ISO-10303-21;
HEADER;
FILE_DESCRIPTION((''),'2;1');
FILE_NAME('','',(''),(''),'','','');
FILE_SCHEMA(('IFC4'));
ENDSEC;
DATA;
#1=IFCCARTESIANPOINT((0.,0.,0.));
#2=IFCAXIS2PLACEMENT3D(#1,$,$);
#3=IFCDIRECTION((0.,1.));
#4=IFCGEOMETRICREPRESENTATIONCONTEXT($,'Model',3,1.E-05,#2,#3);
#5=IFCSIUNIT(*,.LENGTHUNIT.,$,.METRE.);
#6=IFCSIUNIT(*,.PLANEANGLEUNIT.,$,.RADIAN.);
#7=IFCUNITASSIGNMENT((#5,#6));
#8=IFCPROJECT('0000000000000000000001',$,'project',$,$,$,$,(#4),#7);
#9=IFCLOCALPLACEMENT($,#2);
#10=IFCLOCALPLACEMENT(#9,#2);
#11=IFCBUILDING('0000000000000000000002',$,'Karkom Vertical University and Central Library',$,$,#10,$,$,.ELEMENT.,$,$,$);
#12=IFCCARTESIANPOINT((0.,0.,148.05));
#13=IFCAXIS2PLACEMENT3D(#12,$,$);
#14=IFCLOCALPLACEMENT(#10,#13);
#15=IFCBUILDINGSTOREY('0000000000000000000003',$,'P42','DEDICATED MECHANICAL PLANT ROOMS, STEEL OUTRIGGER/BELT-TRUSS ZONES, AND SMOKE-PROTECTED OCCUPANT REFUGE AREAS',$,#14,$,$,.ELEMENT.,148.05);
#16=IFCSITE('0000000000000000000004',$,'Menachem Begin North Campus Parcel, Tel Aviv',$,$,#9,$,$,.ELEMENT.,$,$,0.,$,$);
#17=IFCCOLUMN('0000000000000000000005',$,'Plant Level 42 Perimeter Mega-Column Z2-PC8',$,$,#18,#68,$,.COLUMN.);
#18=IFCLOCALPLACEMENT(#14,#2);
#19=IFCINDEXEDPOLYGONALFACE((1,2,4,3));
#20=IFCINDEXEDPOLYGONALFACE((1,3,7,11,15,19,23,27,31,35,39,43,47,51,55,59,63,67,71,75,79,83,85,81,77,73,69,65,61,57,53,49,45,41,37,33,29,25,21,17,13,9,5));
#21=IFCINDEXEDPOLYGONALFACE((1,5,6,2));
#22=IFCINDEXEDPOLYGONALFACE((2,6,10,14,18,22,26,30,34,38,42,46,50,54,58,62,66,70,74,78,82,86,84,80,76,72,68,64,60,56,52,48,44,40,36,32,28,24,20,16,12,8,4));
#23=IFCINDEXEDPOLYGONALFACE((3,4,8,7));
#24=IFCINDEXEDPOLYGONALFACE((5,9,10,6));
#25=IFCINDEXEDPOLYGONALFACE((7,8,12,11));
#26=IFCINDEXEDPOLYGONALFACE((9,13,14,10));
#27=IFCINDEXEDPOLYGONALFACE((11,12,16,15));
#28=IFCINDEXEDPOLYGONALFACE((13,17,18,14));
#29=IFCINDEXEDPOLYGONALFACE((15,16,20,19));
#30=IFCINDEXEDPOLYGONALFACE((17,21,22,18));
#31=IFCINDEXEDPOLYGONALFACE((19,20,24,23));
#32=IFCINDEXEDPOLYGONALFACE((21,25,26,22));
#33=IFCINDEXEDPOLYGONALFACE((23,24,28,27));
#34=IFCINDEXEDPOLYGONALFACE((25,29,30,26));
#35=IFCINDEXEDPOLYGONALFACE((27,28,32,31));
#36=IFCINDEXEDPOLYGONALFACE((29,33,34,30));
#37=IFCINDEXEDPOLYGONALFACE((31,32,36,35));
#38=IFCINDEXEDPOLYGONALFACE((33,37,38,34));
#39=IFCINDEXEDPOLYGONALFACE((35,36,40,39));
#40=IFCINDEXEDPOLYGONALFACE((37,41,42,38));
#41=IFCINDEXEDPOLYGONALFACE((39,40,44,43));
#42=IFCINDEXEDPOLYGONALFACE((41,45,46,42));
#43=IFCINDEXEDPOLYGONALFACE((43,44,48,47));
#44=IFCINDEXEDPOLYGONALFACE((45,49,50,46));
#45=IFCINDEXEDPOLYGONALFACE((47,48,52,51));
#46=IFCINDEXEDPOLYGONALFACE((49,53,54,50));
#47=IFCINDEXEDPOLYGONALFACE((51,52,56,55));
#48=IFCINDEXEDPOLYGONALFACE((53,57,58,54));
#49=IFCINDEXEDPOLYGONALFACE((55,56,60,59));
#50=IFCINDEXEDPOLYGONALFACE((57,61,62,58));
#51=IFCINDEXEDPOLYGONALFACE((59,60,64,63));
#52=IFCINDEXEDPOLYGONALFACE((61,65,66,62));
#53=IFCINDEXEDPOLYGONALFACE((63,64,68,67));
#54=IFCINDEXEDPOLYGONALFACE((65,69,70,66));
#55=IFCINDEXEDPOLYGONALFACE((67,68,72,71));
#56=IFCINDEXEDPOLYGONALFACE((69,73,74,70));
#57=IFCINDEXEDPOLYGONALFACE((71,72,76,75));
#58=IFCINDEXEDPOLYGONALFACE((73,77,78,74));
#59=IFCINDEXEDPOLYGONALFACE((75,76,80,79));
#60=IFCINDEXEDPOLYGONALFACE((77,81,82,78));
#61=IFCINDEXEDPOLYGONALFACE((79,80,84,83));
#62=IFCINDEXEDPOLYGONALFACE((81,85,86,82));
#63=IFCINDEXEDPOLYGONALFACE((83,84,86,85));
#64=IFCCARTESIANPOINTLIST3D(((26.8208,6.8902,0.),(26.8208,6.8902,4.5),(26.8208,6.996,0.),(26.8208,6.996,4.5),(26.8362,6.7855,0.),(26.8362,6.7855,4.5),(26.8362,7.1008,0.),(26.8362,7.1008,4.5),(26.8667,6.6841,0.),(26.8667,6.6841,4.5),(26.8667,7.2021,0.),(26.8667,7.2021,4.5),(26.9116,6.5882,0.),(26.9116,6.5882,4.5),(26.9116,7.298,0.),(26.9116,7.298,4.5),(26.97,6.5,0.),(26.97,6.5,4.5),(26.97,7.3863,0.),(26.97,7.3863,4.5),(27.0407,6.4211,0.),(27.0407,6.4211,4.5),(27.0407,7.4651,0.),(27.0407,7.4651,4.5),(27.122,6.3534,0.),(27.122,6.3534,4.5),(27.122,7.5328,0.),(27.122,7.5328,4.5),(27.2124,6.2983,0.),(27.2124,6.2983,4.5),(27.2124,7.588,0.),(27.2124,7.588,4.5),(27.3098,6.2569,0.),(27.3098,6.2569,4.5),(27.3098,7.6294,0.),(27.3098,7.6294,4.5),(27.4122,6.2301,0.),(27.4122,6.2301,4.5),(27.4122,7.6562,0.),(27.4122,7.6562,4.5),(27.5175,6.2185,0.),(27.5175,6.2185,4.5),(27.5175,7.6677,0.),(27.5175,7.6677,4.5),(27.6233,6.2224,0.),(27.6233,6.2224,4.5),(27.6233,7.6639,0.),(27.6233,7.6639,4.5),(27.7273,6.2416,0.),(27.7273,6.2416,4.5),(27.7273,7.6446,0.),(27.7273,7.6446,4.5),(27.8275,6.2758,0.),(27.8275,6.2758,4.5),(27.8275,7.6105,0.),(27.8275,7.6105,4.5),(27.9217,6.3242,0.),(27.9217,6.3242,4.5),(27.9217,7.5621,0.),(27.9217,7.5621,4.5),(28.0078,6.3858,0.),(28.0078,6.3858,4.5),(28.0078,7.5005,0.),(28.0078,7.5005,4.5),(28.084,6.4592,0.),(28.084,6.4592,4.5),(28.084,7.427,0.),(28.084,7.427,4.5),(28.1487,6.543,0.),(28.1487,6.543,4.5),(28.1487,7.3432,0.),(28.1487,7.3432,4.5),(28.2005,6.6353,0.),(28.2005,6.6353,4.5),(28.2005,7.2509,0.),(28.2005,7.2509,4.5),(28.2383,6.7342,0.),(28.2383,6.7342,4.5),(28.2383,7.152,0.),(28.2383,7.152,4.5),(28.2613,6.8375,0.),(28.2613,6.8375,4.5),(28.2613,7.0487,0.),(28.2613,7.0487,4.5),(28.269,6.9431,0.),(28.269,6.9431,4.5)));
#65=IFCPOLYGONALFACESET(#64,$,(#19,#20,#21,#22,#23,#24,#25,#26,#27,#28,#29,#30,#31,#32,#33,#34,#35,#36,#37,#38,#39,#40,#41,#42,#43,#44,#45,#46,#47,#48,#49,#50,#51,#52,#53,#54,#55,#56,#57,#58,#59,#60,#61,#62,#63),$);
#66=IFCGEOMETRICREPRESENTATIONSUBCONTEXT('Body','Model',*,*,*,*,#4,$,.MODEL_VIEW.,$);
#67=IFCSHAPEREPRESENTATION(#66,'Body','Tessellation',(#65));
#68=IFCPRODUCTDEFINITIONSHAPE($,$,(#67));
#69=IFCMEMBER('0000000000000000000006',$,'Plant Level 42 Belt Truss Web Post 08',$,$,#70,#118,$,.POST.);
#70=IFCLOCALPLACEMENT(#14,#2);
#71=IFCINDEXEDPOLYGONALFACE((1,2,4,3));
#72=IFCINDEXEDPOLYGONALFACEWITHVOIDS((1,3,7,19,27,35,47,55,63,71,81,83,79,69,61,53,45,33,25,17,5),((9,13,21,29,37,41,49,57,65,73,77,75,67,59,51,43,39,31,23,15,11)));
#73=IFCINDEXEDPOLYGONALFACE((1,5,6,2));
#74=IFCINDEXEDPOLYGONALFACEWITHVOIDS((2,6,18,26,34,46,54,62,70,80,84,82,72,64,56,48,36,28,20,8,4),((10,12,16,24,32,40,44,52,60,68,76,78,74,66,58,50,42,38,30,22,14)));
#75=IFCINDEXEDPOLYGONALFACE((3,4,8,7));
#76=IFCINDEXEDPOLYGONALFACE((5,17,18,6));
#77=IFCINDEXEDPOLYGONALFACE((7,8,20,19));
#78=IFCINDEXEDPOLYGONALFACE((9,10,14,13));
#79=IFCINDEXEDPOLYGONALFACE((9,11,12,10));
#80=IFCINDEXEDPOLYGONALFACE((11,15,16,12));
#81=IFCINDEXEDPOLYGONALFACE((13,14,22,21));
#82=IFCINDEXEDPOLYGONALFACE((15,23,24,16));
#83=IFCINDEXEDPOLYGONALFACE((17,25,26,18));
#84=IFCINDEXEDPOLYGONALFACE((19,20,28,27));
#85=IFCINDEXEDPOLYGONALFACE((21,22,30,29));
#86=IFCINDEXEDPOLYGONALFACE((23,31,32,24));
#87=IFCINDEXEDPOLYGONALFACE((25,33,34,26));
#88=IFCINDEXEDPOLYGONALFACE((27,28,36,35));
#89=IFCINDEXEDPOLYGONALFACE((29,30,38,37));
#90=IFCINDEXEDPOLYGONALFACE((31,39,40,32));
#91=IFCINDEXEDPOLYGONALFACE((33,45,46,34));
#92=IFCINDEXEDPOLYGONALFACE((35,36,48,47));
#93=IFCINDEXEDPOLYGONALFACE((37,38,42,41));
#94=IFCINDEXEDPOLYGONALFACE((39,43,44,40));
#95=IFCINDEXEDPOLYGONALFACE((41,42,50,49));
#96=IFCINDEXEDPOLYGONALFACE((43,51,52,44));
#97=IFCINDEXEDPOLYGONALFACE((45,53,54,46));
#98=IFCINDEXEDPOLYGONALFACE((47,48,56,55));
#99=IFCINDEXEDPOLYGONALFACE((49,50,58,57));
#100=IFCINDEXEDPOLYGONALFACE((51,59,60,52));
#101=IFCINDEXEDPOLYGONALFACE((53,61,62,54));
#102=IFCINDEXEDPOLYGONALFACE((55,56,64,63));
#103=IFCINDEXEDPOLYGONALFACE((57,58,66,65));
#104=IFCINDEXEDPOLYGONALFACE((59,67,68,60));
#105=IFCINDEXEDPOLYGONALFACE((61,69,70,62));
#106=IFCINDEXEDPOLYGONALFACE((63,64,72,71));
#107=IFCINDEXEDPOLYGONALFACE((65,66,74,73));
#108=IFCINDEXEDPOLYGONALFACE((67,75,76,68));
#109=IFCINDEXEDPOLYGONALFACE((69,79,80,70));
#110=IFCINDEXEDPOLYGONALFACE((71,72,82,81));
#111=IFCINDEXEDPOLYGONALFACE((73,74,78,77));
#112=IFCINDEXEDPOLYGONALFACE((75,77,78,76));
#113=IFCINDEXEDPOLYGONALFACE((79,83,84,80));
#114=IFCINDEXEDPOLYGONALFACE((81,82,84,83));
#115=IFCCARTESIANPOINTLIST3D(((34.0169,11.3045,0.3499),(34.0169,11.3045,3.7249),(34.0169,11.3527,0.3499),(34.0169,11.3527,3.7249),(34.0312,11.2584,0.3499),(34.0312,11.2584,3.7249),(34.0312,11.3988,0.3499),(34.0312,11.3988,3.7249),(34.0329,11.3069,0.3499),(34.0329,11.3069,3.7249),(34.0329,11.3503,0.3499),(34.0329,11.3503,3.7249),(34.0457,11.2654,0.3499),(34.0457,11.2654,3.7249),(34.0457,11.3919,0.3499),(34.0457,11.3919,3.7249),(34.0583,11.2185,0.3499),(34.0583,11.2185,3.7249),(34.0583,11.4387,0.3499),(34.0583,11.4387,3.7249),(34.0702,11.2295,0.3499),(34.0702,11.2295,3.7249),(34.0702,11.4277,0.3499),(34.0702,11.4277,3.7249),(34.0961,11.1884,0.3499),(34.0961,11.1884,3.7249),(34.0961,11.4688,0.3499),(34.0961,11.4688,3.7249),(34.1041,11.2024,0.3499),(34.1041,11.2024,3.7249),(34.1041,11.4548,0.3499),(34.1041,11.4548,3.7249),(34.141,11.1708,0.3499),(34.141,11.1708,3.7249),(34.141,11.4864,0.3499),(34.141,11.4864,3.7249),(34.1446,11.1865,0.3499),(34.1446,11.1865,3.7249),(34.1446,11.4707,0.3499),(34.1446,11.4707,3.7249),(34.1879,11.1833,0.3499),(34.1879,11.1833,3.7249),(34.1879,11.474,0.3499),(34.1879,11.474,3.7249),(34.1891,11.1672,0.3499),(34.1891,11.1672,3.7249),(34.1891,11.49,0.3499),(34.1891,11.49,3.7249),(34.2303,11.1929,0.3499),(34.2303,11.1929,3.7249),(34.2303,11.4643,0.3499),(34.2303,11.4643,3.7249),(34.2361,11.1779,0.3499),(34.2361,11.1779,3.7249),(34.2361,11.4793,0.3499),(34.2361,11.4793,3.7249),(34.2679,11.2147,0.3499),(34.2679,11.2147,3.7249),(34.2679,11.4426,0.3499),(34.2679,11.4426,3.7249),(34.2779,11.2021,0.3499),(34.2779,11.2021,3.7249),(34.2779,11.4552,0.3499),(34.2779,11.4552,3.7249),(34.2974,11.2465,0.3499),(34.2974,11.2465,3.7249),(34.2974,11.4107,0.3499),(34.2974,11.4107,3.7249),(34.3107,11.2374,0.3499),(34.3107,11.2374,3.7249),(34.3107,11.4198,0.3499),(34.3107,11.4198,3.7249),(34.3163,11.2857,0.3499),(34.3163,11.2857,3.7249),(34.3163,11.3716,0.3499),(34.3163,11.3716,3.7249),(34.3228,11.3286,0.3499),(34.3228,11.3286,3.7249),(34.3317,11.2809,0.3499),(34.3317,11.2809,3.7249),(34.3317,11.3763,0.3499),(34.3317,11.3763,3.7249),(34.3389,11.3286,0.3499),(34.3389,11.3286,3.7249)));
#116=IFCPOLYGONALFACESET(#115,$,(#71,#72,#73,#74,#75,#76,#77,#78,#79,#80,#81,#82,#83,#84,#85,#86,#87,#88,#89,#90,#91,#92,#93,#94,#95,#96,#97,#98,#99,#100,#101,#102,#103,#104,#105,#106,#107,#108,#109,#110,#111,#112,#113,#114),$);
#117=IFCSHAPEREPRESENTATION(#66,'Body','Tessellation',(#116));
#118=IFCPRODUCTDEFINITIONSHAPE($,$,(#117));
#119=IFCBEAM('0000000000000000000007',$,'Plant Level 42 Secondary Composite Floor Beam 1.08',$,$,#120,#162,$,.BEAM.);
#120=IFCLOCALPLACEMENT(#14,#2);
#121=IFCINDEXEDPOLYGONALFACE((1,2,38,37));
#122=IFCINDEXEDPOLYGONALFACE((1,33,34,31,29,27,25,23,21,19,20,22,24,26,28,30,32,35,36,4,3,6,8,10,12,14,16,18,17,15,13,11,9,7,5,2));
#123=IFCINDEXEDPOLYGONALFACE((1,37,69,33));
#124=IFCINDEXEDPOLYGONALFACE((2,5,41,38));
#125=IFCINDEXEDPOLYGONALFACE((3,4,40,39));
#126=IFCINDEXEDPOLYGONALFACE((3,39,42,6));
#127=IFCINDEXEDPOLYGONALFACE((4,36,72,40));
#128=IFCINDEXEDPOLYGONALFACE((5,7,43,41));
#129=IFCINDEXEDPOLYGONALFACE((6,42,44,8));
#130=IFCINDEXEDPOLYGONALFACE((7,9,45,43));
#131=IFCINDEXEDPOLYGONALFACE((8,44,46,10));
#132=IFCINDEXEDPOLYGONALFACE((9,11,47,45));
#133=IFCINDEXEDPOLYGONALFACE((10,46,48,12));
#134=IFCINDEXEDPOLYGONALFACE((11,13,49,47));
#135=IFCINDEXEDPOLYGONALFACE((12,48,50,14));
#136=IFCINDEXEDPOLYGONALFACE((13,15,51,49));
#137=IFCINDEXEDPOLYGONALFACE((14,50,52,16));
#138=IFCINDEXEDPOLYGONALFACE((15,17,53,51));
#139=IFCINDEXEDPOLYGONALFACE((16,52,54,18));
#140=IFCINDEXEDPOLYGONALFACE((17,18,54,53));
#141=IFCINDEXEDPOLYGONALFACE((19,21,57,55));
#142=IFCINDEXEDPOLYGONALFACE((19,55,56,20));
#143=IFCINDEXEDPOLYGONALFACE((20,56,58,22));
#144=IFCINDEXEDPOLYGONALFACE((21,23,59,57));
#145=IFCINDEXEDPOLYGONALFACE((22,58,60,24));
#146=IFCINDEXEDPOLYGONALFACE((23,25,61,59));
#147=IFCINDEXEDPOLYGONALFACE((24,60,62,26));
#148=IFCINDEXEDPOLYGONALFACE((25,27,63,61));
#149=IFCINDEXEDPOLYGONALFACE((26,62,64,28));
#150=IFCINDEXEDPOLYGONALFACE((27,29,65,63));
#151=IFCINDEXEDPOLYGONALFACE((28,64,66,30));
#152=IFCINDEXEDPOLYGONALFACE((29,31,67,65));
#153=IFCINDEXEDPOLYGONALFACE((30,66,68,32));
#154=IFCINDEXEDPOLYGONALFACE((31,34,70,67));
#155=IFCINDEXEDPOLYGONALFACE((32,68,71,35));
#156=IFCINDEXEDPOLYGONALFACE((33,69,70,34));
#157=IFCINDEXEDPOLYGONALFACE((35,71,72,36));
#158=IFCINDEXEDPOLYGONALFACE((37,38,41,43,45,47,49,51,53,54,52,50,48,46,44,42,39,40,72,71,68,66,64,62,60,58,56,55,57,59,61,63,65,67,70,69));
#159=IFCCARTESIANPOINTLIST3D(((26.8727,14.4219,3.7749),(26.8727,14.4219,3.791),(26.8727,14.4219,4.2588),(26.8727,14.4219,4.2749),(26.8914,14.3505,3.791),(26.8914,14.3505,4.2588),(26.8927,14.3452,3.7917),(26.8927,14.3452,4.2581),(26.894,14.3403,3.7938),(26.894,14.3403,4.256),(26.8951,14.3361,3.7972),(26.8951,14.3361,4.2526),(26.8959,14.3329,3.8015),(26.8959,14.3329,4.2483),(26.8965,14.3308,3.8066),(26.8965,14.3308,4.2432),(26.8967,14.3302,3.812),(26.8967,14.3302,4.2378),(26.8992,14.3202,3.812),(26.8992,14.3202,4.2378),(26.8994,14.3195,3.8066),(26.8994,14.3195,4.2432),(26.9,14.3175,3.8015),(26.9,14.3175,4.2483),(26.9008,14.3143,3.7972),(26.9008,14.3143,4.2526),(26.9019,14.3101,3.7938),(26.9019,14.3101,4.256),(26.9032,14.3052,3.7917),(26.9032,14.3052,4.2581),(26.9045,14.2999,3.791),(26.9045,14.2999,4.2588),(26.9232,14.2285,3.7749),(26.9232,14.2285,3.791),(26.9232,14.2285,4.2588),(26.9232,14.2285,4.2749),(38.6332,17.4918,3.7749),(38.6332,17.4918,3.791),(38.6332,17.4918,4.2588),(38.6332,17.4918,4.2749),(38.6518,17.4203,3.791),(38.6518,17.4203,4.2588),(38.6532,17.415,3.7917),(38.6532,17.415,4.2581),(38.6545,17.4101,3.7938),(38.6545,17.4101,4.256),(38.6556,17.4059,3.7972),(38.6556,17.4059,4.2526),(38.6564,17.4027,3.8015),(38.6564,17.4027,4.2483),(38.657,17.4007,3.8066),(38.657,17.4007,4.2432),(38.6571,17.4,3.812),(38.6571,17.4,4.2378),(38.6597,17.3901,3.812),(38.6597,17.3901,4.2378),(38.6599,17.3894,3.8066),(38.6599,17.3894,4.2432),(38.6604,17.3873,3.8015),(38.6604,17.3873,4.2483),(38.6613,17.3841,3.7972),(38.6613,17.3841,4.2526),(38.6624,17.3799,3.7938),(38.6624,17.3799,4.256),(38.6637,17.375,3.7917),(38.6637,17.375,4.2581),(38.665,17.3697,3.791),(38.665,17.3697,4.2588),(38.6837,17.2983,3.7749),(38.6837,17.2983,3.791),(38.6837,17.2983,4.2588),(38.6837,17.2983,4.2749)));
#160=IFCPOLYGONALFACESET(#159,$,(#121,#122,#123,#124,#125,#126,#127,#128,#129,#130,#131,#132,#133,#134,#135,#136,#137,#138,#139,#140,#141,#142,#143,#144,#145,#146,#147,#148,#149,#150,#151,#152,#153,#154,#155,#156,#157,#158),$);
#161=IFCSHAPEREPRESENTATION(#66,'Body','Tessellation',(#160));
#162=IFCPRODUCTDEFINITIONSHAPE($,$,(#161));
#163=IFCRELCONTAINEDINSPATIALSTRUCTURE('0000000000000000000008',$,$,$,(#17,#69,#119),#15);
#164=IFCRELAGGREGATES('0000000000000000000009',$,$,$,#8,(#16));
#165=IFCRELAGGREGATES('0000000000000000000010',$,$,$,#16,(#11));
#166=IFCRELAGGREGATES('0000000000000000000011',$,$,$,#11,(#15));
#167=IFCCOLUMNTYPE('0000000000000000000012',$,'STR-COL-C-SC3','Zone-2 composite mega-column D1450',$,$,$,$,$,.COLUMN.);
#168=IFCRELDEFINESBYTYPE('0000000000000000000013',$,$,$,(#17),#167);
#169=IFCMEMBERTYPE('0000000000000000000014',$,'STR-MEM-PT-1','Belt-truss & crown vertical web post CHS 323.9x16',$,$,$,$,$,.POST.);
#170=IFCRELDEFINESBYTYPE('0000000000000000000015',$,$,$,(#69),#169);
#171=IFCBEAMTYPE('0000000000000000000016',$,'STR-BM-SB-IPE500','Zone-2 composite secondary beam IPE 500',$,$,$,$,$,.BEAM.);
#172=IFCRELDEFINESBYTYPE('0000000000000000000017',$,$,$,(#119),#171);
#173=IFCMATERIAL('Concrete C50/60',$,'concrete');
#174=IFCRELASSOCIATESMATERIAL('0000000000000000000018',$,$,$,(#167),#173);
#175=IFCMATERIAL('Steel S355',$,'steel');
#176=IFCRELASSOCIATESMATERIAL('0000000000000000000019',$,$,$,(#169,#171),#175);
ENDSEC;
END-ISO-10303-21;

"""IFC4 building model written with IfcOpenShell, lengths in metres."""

from ifc_helpers import new_model, si_unit, direction, frame, origin, origin_with_axes, origin_2d, place, context, subcontext, project, spatial, circle, hollow_circle, i_section, extrude, source, transform, mapped, material, material_profile, profile_set, type_object, element, save


model = new_model("IFC4")

# Units and contexts
model_context = context("Model", 3, precision=1e-05, world=origin(), true_north=direction((0.0, 1.0)))
body_context = subcontext(model_context, "Body", "Model", "MODEL_VIEW")
ifc_project = project(units=[si_unit("LENGTHUNIT", "METRE"), si_unit("PLANEANGLEUNIT", "RADIAN")], contexts=[model_context])

# Site, building, storey
site_placement = place(None, origin())
site = spatial("IfcSite", under=ifc_project, at=site_placement, Name="Menachem Begin North Campus Parcel, Tel Aviv", CompositionType="ELEMENT", RefElevation=0.0)
building_placement = place(site_placement, origin())
building = spatial("IfcBuilding", under=site, at=building_placement, Name="Karkom Vertical University and Central Library", CompositionType="ELEMENT")
storey_placement = place(building_placement, frame((0.0, 0.0, 148.05)))
storey = spatial("IfcBuildingStorey", under=building, at=storey_placement, Name="P42", Description="DEDICATED MECHANICAL PLANT ROOMS, STEEL OUTRIGGER/BELT-TRUSS ZONES, AND SMOKE-PROTECTED OCCUPANT REFUGE AREAS", CompositionType="ELEMENT", Elevation=148.05)

# Column
ifc_material_1 = material(Name="Concrete C50/60", Category="concrete")
ifc_material_profile_1 = material_profile(ifc_material_1, circle(Radius=0.7251, at=origin_2d()), Name="CFT-D1450")
ifc_profile_set_1 = profile_set([ifc_material_profile_1], Name="Concrete C50/60")
column_type = type_object("IfcColumnType", Name="STR-COL-C-SC3", Description="Zone-2 composite mega-column D1450", PredefinedType="COLUMN", material=ifc_profile_set_1)
shared_shape_1 = source(origin_with_axes(), body_context, "Body", "SweptSolid", [
    extrude(circle(Radius=0.7251, at=origin_2d()), origin(), (0.0, 0.0, 1.0), 4.5),
])
column_placement = place(storey_placement, frame((27.5439, 6.9431, 0.0), z_axis=(0.0, 0.0, 1.0), x_axis=(1.0, 0.0, 0.0)))
element("IfcColumn", 1, at=column_placement, inside=storey, type_object=column_type, Name="Plant Level 42 Perimeter Mega-Column Z2-PC8", PredefinedType="COLUMN", context=body_context, shape_type="MappedRepresentation", body=[
    mapped(shared_shape_1, transform((0.0, 0.0, 0.0), scale=1.0)),
])

# Member
ifc_material_2 = material(Name="Steel S355", Category="steel")
ifc_material_profile_2 = material_profile(ifc_material_2, hollow_circle(Radius=0.1619, WallThickness=0.0161, at=origin_2d()), Name="CHS 323.9x16")
ifc_profile_set_2 = profile_set([ifc_material_profile_2], Name="Steel S355")
member_type_1 = type_object("IfcMemberType", Name="STR-MEM-PT-1", Description="Belt-truss & crown vertical web post CHS 323.9x16", PredefinedType="POST", material=ifc_profile_set_2)
shared_shape_2 = source(origin_with_axes(), body_context, "Body", "SweptSolid", [
    extrude(hollow_circle(Radius=0.1619, WallThickness=0.0161, at=origin_2d()), origin(), (0.0, 0.0, 1.0), 3.375),
])
member_1_placement = place(storey_placement, frame((34.177, 11.3286, 0.3499), z_axis=(0.0, 0.0, 1.0), x_axis=(1.0, 0.0, 0.0)))
element("IfcMember", 2, at=member_1_placement, inside=storey, type_object=member_type_1, Name="Plant Level 42 Belt Truss Web Post 08", PredefinedType="POST", context=body_context, shape_type="MappedRepresentation", body=[
    mapped(shared_shape_2, transform((0.0, 0.0, 0.0), scale=1.0)),
])

# Beam
ifc_material_profile_3 = material_profile(ifc_material_2, i_section(OverallWidth=0.2, OverallDepth=0.5, WebThickness=0.0103, FlangeThickness=0.0161, FilletRadius=0.021, at=origin_2d()), Name="IPE 500")
ifc_profile_set_3 = profile_set([ifc_material_profile_3], Name="Steel S355")
beam_type_1 = type_object("IfcBeamType", Name="STR-BM-SB-IPE500", Description="Zone-2 composite secondary beam IPE 500", PredefinedType="BEAM", material=ifc_profile_set_3)
shared_shape_3 = source(origin_with_axes(), body_context, "Body", "SweptSolid", [
    extrude(i_section(OverallWidth=0.2, OverallDepth=0.5, WebThickness=0.0103, FlangeThickness=0.0161, FilletRadius=0.021, at=origin_2d()), origin(), (0.0, 0.0, 1.0), 12.1545),
])
beam_1_placement = place(storey_placement, frame((26.8979, 14.3252, 4.0249), z_axis=(0.96758, 0.252566, 0.0), x_axis=(-0.252566, 0.96758, 0.0)))
element("IfcBeam", 3, at=beam_1_placement, inside=storey, type_object=beam_type_1, Name="Plant Level 42 Secondary Composite Floor Beam 1.08", PredefinedType="BEAM", context=body_context, shape_type="MappedRepresentation", body=[
    mapped(shared_shape_3, transform((0.0, 0.0, 0.0), scale=1.0)),
])

save(model, "model.ifc")
